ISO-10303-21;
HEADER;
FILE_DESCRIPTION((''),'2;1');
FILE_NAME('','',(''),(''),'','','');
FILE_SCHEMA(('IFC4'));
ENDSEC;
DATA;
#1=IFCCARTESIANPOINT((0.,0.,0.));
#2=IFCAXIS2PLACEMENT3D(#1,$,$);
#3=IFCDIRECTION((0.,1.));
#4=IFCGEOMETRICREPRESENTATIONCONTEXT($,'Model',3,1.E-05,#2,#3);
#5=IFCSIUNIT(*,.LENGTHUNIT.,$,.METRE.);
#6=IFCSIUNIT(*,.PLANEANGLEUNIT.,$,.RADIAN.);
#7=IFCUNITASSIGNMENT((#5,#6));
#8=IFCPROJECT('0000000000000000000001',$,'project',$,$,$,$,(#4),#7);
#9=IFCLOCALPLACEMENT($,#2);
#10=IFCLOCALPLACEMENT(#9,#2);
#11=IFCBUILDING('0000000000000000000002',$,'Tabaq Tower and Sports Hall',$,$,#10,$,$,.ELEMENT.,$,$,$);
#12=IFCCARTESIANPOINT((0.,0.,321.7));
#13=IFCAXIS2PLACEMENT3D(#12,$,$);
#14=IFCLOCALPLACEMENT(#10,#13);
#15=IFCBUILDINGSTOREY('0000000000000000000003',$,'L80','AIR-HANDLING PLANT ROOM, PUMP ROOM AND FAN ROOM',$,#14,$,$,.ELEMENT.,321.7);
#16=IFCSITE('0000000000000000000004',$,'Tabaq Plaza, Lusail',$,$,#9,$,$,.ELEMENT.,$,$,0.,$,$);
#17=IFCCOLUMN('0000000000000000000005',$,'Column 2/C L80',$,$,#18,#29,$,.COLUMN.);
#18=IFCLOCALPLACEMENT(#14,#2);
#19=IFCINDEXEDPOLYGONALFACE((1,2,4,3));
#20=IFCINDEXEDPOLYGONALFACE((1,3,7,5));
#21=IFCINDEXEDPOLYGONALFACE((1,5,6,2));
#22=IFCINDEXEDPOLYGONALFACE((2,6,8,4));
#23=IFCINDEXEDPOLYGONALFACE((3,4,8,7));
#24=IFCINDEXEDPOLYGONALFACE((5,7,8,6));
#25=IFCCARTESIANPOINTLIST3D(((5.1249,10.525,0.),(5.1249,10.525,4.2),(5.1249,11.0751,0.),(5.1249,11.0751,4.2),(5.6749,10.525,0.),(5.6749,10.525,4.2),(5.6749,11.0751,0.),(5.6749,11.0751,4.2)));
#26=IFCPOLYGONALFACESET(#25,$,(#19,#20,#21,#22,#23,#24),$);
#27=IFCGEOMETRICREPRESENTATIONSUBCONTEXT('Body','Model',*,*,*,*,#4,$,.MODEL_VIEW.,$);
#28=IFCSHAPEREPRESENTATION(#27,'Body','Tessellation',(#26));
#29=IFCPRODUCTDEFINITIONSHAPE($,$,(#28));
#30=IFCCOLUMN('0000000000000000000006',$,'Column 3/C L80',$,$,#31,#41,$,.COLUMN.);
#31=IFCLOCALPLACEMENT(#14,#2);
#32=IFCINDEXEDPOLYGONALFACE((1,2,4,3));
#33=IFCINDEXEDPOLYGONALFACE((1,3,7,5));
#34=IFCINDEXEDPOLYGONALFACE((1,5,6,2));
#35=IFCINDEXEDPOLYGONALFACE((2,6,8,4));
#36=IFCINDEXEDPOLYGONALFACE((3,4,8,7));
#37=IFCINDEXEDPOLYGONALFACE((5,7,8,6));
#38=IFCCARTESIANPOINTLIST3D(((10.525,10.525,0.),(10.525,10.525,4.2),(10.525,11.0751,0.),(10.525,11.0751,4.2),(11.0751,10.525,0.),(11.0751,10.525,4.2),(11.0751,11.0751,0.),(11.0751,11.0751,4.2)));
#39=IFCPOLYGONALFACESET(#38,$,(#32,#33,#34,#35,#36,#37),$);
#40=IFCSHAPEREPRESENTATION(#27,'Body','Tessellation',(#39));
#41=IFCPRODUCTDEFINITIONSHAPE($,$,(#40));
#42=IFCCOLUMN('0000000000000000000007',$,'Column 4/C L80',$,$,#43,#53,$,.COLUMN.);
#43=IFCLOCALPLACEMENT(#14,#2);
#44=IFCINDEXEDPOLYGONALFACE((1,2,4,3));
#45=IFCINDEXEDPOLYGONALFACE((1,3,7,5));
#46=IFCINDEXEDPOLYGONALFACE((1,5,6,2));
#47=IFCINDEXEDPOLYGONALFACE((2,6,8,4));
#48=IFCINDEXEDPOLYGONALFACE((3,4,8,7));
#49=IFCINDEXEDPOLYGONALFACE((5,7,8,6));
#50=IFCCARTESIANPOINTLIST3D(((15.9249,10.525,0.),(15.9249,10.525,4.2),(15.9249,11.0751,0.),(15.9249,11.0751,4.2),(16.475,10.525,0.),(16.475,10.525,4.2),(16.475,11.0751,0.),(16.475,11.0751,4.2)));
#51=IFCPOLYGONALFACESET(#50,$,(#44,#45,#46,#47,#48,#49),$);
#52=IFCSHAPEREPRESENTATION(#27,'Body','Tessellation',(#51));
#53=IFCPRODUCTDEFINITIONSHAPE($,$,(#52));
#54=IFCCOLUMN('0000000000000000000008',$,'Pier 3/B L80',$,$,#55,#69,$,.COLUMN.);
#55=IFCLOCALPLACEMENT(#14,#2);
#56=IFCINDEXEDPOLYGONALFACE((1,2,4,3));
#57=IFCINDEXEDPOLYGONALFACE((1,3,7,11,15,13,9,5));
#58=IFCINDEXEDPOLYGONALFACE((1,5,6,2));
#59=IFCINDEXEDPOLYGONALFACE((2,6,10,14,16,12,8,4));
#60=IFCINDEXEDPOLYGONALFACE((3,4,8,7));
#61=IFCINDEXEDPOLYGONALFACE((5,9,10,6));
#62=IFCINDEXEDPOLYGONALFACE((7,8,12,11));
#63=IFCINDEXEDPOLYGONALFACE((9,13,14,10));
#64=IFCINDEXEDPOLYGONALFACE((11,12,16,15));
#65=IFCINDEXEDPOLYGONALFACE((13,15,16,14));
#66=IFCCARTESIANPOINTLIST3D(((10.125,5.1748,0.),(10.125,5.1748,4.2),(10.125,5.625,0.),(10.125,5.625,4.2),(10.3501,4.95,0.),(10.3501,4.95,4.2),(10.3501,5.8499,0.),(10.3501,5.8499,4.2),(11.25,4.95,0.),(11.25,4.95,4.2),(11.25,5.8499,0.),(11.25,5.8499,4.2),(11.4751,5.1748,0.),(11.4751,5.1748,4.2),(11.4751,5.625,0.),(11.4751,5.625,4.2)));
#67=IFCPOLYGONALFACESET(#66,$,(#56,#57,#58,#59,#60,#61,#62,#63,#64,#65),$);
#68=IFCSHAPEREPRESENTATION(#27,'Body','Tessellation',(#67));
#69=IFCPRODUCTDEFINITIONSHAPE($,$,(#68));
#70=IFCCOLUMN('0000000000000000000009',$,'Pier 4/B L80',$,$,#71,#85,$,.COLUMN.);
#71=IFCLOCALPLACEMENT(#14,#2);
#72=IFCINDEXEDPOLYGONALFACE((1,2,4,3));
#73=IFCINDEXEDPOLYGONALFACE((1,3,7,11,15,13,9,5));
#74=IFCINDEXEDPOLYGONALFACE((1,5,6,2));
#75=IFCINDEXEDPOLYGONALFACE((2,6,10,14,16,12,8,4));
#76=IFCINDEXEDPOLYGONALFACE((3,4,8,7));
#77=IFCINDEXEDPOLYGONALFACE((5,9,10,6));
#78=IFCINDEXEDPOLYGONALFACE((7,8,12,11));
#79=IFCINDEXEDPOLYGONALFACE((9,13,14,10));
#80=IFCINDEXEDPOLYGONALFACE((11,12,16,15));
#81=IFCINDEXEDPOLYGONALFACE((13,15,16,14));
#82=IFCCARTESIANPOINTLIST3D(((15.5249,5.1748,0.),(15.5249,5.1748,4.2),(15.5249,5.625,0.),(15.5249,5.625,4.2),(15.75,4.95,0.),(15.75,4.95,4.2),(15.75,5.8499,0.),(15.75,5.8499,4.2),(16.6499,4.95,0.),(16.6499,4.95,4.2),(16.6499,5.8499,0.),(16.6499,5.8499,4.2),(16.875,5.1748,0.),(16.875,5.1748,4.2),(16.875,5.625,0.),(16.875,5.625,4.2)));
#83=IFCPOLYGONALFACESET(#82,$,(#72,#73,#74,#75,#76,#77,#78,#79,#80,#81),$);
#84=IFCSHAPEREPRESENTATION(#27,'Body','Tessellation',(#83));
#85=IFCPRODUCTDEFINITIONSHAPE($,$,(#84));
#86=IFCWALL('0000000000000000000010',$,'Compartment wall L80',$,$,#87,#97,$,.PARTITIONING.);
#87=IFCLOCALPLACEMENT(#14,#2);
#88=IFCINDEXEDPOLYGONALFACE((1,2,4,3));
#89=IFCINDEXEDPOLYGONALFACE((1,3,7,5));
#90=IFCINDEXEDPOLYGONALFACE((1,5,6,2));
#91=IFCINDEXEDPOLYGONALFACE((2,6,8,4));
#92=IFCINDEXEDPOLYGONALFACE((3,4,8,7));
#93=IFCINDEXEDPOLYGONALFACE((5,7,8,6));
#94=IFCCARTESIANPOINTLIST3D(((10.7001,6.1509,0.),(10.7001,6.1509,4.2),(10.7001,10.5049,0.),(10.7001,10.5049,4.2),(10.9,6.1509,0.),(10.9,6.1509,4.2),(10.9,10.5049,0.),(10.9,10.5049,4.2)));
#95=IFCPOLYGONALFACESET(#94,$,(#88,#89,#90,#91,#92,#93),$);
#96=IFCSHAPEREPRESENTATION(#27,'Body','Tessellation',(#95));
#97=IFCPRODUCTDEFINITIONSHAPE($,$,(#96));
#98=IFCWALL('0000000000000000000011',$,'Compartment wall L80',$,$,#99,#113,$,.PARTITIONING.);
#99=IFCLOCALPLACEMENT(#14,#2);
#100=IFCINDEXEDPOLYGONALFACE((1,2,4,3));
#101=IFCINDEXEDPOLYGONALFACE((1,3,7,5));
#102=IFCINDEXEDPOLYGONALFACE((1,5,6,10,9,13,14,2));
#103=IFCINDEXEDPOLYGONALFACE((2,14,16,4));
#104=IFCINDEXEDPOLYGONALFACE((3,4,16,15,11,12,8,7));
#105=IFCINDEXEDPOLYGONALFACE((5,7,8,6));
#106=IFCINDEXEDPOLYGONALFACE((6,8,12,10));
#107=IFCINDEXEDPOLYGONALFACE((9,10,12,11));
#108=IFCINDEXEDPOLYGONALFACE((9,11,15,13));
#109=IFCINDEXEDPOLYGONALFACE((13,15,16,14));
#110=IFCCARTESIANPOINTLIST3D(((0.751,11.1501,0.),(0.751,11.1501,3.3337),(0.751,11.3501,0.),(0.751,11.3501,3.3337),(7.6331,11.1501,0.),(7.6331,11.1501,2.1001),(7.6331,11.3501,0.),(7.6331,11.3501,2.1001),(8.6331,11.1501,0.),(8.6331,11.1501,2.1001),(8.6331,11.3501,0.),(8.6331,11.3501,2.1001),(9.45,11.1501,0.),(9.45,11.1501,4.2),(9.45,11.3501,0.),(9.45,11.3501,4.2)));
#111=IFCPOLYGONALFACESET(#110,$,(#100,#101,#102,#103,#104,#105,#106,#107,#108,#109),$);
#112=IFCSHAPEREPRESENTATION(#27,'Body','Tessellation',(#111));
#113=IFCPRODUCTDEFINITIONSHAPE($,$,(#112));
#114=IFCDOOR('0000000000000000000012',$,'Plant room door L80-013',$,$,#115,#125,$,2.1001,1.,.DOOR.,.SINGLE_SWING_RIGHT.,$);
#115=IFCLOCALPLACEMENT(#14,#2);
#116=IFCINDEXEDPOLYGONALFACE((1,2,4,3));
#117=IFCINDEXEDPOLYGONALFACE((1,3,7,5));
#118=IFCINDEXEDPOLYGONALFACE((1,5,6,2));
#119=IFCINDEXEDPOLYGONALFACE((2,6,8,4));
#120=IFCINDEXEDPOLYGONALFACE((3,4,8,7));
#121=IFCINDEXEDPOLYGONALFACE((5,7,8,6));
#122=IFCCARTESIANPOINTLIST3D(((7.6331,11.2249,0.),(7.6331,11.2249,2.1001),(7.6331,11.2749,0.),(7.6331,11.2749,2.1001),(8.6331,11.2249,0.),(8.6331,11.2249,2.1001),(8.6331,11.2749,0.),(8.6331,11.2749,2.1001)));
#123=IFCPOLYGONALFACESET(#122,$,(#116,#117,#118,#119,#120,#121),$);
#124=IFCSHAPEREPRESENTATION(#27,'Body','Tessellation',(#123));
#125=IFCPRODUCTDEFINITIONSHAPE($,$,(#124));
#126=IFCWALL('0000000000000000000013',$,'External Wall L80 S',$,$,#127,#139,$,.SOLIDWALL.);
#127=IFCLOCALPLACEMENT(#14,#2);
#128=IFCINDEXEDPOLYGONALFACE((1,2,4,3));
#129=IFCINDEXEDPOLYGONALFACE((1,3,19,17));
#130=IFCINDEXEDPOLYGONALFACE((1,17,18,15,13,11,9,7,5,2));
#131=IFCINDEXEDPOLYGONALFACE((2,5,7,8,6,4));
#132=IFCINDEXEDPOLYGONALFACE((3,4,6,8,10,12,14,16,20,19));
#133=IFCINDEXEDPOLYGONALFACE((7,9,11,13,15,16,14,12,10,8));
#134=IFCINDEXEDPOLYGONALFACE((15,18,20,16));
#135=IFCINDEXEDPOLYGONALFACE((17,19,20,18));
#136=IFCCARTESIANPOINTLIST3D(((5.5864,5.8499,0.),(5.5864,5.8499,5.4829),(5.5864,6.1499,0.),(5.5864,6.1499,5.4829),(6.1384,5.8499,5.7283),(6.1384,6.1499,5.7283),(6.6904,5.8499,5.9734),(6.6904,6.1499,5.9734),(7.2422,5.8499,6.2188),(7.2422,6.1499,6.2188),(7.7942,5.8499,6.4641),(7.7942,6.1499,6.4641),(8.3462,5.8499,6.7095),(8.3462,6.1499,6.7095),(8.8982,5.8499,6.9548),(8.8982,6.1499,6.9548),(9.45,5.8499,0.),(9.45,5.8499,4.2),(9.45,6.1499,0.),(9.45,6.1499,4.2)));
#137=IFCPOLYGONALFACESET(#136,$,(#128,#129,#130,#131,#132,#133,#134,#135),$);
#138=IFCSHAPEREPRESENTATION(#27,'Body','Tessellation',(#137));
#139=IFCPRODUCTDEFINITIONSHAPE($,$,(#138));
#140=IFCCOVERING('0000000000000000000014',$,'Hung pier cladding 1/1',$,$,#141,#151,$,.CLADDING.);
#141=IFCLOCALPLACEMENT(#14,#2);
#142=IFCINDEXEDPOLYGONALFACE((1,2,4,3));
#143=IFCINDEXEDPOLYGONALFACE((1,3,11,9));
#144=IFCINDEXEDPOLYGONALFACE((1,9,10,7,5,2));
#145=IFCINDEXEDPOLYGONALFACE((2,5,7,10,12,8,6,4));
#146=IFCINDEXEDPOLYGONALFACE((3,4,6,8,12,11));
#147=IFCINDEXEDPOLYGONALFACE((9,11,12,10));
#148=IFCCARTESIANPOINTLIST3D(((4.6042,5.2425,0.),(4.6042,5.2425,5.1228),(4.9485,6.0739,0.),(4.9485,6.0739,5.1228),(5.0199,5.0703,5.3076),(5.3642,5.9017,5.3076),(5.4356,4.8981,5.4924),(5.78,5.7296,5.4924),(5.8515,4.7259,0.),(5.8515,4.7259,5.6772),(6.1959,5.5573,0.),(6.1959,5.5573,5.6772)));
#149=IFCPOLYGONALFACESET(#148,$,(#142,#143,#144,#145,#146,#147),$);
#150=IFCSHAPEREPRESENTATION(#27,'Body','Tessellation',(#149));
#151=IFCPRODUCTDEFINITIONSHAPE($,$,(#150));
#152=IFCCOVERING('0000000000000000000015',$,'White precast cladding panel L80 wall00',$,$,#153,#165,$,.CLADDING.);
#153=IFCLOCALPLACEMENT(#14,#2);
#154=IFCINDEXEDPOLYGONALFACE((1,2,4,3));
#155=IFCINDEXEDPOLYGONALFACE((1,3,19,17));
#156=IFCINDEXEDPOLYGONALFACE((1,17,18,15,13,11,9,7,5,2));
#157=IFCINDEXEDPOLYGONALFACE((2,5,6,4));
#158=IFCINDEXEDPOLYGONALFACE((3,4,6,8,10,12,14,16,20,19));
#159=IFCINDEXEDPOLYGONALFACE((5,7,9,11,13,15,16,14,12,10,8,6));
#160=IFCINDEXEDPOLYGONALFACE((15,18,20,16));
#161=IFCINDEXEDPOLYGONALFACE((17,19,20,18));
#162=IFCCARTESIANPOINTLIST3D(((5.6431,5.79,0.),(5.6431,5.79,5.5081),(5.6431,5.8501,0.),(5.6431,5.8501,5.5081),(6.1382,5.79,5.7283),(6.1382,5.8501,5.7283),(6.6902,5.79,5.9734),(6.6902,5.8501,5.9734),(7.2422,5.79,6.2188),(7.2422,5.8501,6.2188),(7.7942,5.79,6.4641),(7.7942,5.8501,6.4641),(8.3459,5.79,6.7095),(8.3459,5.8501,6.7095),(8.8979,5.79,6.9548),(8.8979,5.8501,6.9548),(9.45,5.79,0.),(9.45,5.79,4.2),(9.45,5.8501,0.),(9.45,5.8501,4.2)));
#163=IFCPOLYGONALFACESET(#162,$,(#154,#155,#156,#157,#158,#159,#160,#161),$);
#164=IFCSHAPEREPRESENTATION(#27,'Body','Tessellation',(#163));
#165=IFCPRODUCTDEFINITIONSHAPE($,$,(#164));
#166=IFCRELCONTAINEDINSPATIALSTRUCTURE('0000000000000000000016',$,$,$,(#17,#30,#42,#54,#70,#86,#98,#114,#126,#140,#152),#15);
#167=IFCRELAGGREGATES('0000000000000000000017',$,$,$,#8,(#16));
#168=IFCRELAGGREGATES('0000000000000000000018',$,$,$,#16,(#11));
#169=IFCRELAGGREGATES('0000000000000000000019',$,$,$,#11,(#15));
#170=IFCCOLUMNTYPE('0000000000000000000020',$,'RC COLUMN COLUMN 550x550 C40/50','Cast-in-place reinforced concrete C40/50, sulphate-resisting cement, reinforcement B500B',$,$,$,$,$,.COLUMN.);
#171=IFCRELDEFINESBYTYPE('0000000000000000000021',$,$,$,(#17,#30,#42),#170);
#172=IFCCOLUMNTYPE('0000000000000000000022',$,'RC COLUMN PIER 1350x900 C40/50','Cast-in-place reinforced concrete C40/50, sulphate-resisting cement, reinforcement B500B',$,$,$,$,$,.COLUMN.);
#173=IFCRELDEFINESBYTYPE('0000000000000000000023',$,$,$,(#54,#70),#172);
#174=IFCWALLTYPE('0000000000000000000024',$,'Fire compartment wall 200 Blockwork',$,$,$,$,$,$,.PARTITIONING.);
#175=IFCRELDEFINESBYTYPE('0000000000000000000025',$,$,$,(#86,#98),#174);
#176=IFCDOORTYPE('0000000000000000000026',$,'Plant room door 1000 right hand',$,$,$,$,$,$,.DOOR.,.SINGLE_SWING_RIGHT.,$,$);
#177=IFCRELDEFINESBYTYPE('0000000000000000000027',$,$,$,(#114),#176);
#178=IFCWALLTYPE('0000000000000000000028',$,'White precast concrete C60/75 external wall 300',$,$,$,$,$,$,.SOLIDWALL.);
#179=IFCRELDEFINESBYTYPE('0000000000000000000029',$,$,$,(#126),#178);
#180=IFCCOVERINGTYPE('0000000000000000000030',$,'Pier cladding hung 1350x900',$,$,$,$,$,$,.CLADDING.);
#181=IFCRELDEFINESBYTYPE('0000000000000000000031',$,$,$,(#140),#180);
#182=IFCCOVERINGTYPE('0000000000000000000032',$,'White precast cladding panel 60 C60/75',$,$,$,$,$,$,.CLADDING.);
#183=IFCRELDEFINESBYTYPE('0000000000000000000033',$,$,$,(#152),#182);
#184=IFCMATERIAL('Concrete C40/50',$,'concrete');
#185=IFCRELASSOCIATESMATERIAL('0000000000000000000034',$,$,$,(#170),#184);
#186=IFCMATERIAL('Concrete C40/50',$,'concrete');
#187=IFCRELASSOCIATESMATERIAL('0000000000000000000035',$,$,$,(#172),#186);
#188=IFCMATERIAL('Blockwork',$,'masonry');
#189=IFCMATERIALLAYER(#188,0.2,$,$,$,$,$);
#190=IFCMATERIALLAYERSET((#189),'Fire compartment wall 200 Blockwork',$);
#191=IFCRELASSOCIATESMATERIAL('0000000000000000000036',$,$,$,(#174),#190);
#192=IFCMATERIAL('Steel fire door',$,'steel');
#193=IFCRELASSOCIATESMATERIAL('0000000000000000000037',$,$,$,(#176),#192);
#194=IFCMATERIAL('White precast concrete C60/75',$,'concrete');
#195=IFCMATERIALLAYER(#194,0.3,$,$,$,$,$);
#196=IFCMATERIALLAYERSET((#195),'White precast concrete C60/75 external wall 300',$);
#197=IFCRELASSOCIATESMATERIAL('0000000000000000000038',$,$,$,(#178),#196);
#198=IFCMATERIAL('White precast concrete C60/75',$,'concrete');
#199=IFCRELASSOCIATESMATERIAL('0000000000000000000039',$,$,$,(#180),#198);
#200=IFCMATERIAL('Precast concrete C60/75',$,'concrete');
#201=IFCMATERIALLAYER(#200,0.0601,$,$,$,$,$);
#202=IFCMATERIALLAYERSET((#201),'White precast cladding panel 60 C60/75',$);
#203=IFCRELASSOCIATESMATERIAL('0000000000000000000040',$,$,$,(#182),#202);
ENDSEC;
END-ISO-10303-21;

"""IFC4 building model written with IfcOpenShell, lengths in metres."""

from ifc_helpers import new_model, si_unit, direction, frame, frame_2d, origin, origin_2d, place, context, subcontext, project, spatial, polyline, rectangle, outline, extrude, material, layer, layer_set, material_profile, profile_set, type_object, element, fill, save


model = new_model("IFC4")

# Units and contexts
model_context = context("Model", 3, precision=1e-05, world=origin(), true_north=direction((0.0, 1.0)))
body_context = subcontext(model_context, "Body", "Model", "MODEL_VIEW")
ifc_project = project(units=[si_unit("LENGTHUNIT", "METRE"), si_unit("PLANEANGLEUNIT", "RADIAN")], contexts=[model_context])

# Site, building, storey
site_placement = place(None, origin())
site = spatial("IfcSite", under=ifc_project, at=site_placement, Name="Tabaq Plaza, Lusail", CompositionType="ELEMENT", RefElevation=0.0)
building_placement = place(site_placement, origin())
building = spatial("IfcBuilding", under=site, at=building_placement, Name="Tabaq Tower and Sports Hall", CompositionType="ELEMENT")
storey_placement = place(building_placement, frame((0.0, 0.0, 321.7)))
storey = spatial("IfcBuildingStorey", under=building, at=storey_placement, Name="L80", Description="AIR-HANDLING PLANT ROOM, PUMP ROOM AND FAN ROOM", CompositionType="ELEMENT", Elevation=321.7)

# Columns
ifc_material_1 = material(Name="Concrete C40/50", Category="concrete")
ifc_material_profile_1 = material_profile(ifc_material_1, rectangle(XDim=0.55, YDim=0.55, at=origin_2d()), Name="COLUMN 550x550")
ifc_profile_set_1 = profile_set([ifc_material_profile_1], Name="Concrete C40/50")
column_type_1 = type_object("IfcColumnType", Name="RC COLUMN COLUMN 550x550 C40/50", Description="Cast-in-place reinforced concrete C40/50, sulphate-resisting cement, reinforcement B500B", PredefinedType="COLUMN", material=ifc_profile_set_1)
for number, where, z_axis, x_axis, name in (
    (1, (5.3999, 10.8, 0.0), (0.0, 0.0, 1.0), (1.0, 0.0, 0.0), "Column 2/C L80"),
    (2, (10.8, 10.8, 0.0), (0.0, 0.0, 1.0), (1.0, 0.0, 0.0), "Column 3/C L80"),
    (3, (16.2, 10.8, 0.0), (0.0, 0.0, 1.0), (1.0, 0.0, 0.0), "Column 4/C L80"),
):
    element("IfcColumn", number, at=place(storey_placement, frame(where, z_axis=z_axis, x_axis=x_axis)), inside=storey, type_object=column_type_1, Name=name, PredefinedType="COLUMN", context=body_context, shape_type="SweptSolid", body=[
        extrude(rectangle(XDim=0.55, YDim=0.55, at=origin_2d()), origin(), (0.0, 0.0, 1.0), 4.2),
    ])
ifc_material_2 = material(Name="Concrete C40/50", Category="concrete")
ifc_material_profile_2 = material_profile(ifc_material_2, outline(polyline([(-0.45, -0.45), (0.45, -0.45), (0.675, -0.2251), (0.675, 0.2251), (0.45, 0.45), (-0.45, 0.45), (-0.675, 0.2251), (-0.675, -0.2251), (-0.45, -0.45)])), Name="PIER 1350x900")
ifc_profile_set_2 = profile_set([ifc_material_profile_2], Name="Concrete C40/50")
column_type_2 = type_object("IfcColumnType", Name="RC COLUMN PIER 1350x900 C40/50", Description="Cast-in-place reinforced concrete C40/50, sulphate-resisting cement, reinforcement B500B", PredefinedType="COLUMN", material=ifc_profile_set_2)
for number, where, z_axis, x_axis, name in (
    (4, (10.8, 5.3999, 0.0), (0.0, 0.0, 1.0), (1.0, 0.0, 0.0), "Pier 3/B L80"),
    (5, (16.2, 5.3999, 0.0), (0.0, 0.0, 1.0), (1.0, 0.0, 0.0), "Pier 4/B L80"),
):
    element("IfcColumn", number, at=place(storey_placement, frame(where, z_axis=z_axis, x_axis=x_axis)), inside=storey, type_object=column_type_2, Name=name, PredefinedType="COLUMN", context=body_context, shape_type="SweptSolid", body=[
        extrude(outline(polyline([(-0.45, -0.45), (0.45, -0.45), (0.675, -0.2251), (0.675, 0.2251), (0.45, 0.45), (-0.45, 0.45), (-0.675, 0.2251), (-0.675, -0.2251), (-0.45, -0.45)])), origin(), (0.0, 0.0, 1.0), 4.2),
    ])

# Wall
ifc_material_3 = material(Name="Blockwork", Category="masonry")
ifc_layer_1 = layer(ifc_material_3, 0.2)
ifc_layer_set_1 = layer_set([ifc_layer_1], Name="Fire compartment wall 200 Blockwork")
wall_type_1 = type_object("IfcWallType", Name="Fire compartment wall 200 Blockwork", PredefinedType="PARTITIONING", material=ifc_layer_set_1)
wall_1_placement = place(storey_placement, frame((10.8, 10.5049, 0.0), z_axis=(0.0, 0.0, 1.0), x_axis=(0.0, -1.0, 0.0)))
element("IfcWall", 6, at=wall_1_placement, inside=storey, type_object=wall_type_1, Name="Compartment wall L80", PredefinedType="PARTITIONING", context=body_context, shape_type="SweptSolid", body=[
    extrude(rectangle(XDim=4.354, YDim=0.2, at=frame_2d((2.177, 0.0))), origin(), (0.0, 0.0, 1.0), 4.2),
])

# Wall, opening, door
wall_2_placement = place(storey_placement, frame((0.751, 11.25, 0.0), z_axis=(0.0, 0.0, 1.0), x_axis=(1.0, 0.0, 0.0)))
wall_2 = element("IfcWall", 7, at=wall_2_placement, inside=storey, type_object=wall_type_1, Name="Compartment wall L80", PredefinedType="PARTITIONING", context=body_context, shape_type="SweptSolid", body=[
    extrude(outline(polyline([(0.0, 0.0), (8.699, 0.0), (8.699, 4.2), (0.0, 3.3337), (0.0, 0.0)])), frame((0.0, 0.1001, 0.0), z_axis=(0.0, -1.0, 0.0), x_axis=(1.0, 0.0, 0.0)), (0.0, 0.0, 1.0), 0.2),
])
opening_1_placement = place(wall_2_placement, frame((6.8821, 0.0, 0.0)))
opening_1 = element("IfcOpeningElement", 8, at=opening_1_placement, cuts=wall_2, PredefinedType="OPENING", context=body_context, shape_type="SweptSolid", body=[
    extrude(rectangle(XDim=1.0, YDim=2.1001, at=frame_2d((0.5, 1.05))), frame((0.0, 0.1001, 0.0), z_axis=(0.0, -1.0, 0.0), x_axis=(1.0, 0.0, 0.0)), (0.0, 0.0, 1.0), 0.2),
])
ifc_material_4 = material(Name="Steel fire door", Category="steel")
door_type_1 = type_object("IfcDoorType", Name="Plant room door 1000 right hand", OperationType="SINGLE_SWING_RIGHT", PredefinedType="DOOR", material=ifc_material_4)
door_1_placement = place(opening_1_placement, origin())
door_1 = element("IfcDoor", 9, at=door_1_placement, inside=storey, type_object=door_type_1, Name="Plant room door L80-013", OperationType="SINGLE_SWING_RIGHT", OverallHeight=2.1001, OverallWidth=1.0, PredefinedType="DOOR", context=body_context, shape_type="SweptSolid", body=[
    extrude(rectangle(XDim=1.0, YDim=2.1001, at=frame_2d((0.5, 1.05))), frame((0.0, 0.0249, 0.0), z_axis=(0.0, -1.0, 0.0), x_axis=(1.0, 0.0, 0.0)), (0.0, 0.0, 1.0), 0.05),
])
fill(opening_1, door_1)

# Wall
ifc_material_5 = material(Name="White precast concrete C60/75", Category="concrete")
ifc_layer_2 = layer(ifc_material_5, 0.3)
ifc_layer_set_2 = layer_set([ifc_layer_2], Name="White precast concrete C60/75 external wall 300")
wall_type_2 = type_object("IfcWallType", Name="White precast concrete C60/75 external wall 300", PredefinedType="SOLIDWALL", material=ifc_layer_set_2)
wall_3_placement = place(storey_placement, frame((5.5864, 6.0, 0.0), z_axis=(0.0, 0.0, 1.0), x_axis=(1.0, 0.0, 0.0)))
element("IfcWall", 10, at=wall_3_placement, inside=storey, type_object=wall_type_2, Name="External Wall L80 S", PredefinedType="SOLIDWALL", context=body_context, shape_type="SweptSolid", body=[
    extrude(outline(polyline([(0.0, 0.0), (3.8635, 0.0), (3.8635, 4.2), (3.3118, 6.9548), (2.7598, 6.7095), (2.2078, 6.4641), (1.6558, 6.2188), (1.104, 5.9734), (0.552, 5.7283), (0.0, 5.4829), (0.0, 0.0)])), frame((0.0, 0.1499, 0.0), z_axis=(0.0, -1.0, 0.0), x_axis=(1.0, 0.0, 0.0)), (0.0, 0.0, 1.0), 0.3),
])

# Coverings
ifc_material_6 = material(Name="White precast concrete C60/75", Category="concrete")
covering_type_1 = type_object("IfcCoveringType", Name="Pier cladding hung 1350x900", PredefinedType="CLADDING", material=ifc_material_6)
covering_1_placement = place(storey_placement, frame((4.7764, 5.6582, 0.0), z_axis=(0.0, 0.0, 1.0), x_axis=(0.923893, -0.38265, 0.0)))
element("IfcCovering", 11, at=covering_1_placement, inside=storey, type_object=covering_type_1, Name="Hung pier cladding 1/1", PredefinedType="CLADDING", context=body_context, shape_type="SweptSolid", body=[
    extrude(outline(polyline([(0.0, 0.0), (1.3501, 0.0), (1.3501, 5.6772), (0.8999, 5.4924), (0.45, 5.3076), (0.0, 5.1228), (0.0, 0.0)])), frame((0.0, 0.45, 0.0), z_axis=(0.0, -1.0, 0.0), x_axis=(1.0, 0.0, 0.0)), (0.0, 0.0, 1.0), 0.8999),
])
ifc_material_7 = material(Name="Precast concrete C60/75", Category="concrete")
ifc_layer_3 = layer(ifc_material_7, 0.0601)
ifc_layer_set_3 = layer_set([ifc_layer_3], Name="White precast cladding panel 60 C60/75")
covering_type_2 = type_object("IfcCoveringType", Name="White precast cladding panel 60 C60/75", PredefinedType="CLADDING", material=ifc_layer_set_3)
covering_2_placement = place(storey_placement, frame((5.6431, 5.8201, 0.0), z_axis=(0.0, 0.0, 1.0), x_axis=(1.0, 0.0, 0.0)))
element("IfcCovering", 12, at=covering_2_placement, inside=storey, type_object=covering_type_2, Name="White precast cladding panel L80 wall00", PredefinedType="CLADDING", context=body_context, shape_type="SweptSolid", body=[
    extrude(outline(polyline([(0.0, 0.0), (3.8069, 0.0), (3.8069, 4.2), (3.2549, 6.9548), (2.7029, 6.7095), (2.1511, 6.4641), (1.5991, 6.2188), (1.0471, 5.9734), (0.4951, 5.7283), (0.0, 5.5081), (0.0, 0.0)])), frame((0.0, 0.03, 0.0), z_axis=(0.0, -1.0, 0.0), x_axis=(1.0, 0.0, 0.0)), (0.0, 0.0, 1.0), 0.0601),
])

save(model, "model.ifc")
